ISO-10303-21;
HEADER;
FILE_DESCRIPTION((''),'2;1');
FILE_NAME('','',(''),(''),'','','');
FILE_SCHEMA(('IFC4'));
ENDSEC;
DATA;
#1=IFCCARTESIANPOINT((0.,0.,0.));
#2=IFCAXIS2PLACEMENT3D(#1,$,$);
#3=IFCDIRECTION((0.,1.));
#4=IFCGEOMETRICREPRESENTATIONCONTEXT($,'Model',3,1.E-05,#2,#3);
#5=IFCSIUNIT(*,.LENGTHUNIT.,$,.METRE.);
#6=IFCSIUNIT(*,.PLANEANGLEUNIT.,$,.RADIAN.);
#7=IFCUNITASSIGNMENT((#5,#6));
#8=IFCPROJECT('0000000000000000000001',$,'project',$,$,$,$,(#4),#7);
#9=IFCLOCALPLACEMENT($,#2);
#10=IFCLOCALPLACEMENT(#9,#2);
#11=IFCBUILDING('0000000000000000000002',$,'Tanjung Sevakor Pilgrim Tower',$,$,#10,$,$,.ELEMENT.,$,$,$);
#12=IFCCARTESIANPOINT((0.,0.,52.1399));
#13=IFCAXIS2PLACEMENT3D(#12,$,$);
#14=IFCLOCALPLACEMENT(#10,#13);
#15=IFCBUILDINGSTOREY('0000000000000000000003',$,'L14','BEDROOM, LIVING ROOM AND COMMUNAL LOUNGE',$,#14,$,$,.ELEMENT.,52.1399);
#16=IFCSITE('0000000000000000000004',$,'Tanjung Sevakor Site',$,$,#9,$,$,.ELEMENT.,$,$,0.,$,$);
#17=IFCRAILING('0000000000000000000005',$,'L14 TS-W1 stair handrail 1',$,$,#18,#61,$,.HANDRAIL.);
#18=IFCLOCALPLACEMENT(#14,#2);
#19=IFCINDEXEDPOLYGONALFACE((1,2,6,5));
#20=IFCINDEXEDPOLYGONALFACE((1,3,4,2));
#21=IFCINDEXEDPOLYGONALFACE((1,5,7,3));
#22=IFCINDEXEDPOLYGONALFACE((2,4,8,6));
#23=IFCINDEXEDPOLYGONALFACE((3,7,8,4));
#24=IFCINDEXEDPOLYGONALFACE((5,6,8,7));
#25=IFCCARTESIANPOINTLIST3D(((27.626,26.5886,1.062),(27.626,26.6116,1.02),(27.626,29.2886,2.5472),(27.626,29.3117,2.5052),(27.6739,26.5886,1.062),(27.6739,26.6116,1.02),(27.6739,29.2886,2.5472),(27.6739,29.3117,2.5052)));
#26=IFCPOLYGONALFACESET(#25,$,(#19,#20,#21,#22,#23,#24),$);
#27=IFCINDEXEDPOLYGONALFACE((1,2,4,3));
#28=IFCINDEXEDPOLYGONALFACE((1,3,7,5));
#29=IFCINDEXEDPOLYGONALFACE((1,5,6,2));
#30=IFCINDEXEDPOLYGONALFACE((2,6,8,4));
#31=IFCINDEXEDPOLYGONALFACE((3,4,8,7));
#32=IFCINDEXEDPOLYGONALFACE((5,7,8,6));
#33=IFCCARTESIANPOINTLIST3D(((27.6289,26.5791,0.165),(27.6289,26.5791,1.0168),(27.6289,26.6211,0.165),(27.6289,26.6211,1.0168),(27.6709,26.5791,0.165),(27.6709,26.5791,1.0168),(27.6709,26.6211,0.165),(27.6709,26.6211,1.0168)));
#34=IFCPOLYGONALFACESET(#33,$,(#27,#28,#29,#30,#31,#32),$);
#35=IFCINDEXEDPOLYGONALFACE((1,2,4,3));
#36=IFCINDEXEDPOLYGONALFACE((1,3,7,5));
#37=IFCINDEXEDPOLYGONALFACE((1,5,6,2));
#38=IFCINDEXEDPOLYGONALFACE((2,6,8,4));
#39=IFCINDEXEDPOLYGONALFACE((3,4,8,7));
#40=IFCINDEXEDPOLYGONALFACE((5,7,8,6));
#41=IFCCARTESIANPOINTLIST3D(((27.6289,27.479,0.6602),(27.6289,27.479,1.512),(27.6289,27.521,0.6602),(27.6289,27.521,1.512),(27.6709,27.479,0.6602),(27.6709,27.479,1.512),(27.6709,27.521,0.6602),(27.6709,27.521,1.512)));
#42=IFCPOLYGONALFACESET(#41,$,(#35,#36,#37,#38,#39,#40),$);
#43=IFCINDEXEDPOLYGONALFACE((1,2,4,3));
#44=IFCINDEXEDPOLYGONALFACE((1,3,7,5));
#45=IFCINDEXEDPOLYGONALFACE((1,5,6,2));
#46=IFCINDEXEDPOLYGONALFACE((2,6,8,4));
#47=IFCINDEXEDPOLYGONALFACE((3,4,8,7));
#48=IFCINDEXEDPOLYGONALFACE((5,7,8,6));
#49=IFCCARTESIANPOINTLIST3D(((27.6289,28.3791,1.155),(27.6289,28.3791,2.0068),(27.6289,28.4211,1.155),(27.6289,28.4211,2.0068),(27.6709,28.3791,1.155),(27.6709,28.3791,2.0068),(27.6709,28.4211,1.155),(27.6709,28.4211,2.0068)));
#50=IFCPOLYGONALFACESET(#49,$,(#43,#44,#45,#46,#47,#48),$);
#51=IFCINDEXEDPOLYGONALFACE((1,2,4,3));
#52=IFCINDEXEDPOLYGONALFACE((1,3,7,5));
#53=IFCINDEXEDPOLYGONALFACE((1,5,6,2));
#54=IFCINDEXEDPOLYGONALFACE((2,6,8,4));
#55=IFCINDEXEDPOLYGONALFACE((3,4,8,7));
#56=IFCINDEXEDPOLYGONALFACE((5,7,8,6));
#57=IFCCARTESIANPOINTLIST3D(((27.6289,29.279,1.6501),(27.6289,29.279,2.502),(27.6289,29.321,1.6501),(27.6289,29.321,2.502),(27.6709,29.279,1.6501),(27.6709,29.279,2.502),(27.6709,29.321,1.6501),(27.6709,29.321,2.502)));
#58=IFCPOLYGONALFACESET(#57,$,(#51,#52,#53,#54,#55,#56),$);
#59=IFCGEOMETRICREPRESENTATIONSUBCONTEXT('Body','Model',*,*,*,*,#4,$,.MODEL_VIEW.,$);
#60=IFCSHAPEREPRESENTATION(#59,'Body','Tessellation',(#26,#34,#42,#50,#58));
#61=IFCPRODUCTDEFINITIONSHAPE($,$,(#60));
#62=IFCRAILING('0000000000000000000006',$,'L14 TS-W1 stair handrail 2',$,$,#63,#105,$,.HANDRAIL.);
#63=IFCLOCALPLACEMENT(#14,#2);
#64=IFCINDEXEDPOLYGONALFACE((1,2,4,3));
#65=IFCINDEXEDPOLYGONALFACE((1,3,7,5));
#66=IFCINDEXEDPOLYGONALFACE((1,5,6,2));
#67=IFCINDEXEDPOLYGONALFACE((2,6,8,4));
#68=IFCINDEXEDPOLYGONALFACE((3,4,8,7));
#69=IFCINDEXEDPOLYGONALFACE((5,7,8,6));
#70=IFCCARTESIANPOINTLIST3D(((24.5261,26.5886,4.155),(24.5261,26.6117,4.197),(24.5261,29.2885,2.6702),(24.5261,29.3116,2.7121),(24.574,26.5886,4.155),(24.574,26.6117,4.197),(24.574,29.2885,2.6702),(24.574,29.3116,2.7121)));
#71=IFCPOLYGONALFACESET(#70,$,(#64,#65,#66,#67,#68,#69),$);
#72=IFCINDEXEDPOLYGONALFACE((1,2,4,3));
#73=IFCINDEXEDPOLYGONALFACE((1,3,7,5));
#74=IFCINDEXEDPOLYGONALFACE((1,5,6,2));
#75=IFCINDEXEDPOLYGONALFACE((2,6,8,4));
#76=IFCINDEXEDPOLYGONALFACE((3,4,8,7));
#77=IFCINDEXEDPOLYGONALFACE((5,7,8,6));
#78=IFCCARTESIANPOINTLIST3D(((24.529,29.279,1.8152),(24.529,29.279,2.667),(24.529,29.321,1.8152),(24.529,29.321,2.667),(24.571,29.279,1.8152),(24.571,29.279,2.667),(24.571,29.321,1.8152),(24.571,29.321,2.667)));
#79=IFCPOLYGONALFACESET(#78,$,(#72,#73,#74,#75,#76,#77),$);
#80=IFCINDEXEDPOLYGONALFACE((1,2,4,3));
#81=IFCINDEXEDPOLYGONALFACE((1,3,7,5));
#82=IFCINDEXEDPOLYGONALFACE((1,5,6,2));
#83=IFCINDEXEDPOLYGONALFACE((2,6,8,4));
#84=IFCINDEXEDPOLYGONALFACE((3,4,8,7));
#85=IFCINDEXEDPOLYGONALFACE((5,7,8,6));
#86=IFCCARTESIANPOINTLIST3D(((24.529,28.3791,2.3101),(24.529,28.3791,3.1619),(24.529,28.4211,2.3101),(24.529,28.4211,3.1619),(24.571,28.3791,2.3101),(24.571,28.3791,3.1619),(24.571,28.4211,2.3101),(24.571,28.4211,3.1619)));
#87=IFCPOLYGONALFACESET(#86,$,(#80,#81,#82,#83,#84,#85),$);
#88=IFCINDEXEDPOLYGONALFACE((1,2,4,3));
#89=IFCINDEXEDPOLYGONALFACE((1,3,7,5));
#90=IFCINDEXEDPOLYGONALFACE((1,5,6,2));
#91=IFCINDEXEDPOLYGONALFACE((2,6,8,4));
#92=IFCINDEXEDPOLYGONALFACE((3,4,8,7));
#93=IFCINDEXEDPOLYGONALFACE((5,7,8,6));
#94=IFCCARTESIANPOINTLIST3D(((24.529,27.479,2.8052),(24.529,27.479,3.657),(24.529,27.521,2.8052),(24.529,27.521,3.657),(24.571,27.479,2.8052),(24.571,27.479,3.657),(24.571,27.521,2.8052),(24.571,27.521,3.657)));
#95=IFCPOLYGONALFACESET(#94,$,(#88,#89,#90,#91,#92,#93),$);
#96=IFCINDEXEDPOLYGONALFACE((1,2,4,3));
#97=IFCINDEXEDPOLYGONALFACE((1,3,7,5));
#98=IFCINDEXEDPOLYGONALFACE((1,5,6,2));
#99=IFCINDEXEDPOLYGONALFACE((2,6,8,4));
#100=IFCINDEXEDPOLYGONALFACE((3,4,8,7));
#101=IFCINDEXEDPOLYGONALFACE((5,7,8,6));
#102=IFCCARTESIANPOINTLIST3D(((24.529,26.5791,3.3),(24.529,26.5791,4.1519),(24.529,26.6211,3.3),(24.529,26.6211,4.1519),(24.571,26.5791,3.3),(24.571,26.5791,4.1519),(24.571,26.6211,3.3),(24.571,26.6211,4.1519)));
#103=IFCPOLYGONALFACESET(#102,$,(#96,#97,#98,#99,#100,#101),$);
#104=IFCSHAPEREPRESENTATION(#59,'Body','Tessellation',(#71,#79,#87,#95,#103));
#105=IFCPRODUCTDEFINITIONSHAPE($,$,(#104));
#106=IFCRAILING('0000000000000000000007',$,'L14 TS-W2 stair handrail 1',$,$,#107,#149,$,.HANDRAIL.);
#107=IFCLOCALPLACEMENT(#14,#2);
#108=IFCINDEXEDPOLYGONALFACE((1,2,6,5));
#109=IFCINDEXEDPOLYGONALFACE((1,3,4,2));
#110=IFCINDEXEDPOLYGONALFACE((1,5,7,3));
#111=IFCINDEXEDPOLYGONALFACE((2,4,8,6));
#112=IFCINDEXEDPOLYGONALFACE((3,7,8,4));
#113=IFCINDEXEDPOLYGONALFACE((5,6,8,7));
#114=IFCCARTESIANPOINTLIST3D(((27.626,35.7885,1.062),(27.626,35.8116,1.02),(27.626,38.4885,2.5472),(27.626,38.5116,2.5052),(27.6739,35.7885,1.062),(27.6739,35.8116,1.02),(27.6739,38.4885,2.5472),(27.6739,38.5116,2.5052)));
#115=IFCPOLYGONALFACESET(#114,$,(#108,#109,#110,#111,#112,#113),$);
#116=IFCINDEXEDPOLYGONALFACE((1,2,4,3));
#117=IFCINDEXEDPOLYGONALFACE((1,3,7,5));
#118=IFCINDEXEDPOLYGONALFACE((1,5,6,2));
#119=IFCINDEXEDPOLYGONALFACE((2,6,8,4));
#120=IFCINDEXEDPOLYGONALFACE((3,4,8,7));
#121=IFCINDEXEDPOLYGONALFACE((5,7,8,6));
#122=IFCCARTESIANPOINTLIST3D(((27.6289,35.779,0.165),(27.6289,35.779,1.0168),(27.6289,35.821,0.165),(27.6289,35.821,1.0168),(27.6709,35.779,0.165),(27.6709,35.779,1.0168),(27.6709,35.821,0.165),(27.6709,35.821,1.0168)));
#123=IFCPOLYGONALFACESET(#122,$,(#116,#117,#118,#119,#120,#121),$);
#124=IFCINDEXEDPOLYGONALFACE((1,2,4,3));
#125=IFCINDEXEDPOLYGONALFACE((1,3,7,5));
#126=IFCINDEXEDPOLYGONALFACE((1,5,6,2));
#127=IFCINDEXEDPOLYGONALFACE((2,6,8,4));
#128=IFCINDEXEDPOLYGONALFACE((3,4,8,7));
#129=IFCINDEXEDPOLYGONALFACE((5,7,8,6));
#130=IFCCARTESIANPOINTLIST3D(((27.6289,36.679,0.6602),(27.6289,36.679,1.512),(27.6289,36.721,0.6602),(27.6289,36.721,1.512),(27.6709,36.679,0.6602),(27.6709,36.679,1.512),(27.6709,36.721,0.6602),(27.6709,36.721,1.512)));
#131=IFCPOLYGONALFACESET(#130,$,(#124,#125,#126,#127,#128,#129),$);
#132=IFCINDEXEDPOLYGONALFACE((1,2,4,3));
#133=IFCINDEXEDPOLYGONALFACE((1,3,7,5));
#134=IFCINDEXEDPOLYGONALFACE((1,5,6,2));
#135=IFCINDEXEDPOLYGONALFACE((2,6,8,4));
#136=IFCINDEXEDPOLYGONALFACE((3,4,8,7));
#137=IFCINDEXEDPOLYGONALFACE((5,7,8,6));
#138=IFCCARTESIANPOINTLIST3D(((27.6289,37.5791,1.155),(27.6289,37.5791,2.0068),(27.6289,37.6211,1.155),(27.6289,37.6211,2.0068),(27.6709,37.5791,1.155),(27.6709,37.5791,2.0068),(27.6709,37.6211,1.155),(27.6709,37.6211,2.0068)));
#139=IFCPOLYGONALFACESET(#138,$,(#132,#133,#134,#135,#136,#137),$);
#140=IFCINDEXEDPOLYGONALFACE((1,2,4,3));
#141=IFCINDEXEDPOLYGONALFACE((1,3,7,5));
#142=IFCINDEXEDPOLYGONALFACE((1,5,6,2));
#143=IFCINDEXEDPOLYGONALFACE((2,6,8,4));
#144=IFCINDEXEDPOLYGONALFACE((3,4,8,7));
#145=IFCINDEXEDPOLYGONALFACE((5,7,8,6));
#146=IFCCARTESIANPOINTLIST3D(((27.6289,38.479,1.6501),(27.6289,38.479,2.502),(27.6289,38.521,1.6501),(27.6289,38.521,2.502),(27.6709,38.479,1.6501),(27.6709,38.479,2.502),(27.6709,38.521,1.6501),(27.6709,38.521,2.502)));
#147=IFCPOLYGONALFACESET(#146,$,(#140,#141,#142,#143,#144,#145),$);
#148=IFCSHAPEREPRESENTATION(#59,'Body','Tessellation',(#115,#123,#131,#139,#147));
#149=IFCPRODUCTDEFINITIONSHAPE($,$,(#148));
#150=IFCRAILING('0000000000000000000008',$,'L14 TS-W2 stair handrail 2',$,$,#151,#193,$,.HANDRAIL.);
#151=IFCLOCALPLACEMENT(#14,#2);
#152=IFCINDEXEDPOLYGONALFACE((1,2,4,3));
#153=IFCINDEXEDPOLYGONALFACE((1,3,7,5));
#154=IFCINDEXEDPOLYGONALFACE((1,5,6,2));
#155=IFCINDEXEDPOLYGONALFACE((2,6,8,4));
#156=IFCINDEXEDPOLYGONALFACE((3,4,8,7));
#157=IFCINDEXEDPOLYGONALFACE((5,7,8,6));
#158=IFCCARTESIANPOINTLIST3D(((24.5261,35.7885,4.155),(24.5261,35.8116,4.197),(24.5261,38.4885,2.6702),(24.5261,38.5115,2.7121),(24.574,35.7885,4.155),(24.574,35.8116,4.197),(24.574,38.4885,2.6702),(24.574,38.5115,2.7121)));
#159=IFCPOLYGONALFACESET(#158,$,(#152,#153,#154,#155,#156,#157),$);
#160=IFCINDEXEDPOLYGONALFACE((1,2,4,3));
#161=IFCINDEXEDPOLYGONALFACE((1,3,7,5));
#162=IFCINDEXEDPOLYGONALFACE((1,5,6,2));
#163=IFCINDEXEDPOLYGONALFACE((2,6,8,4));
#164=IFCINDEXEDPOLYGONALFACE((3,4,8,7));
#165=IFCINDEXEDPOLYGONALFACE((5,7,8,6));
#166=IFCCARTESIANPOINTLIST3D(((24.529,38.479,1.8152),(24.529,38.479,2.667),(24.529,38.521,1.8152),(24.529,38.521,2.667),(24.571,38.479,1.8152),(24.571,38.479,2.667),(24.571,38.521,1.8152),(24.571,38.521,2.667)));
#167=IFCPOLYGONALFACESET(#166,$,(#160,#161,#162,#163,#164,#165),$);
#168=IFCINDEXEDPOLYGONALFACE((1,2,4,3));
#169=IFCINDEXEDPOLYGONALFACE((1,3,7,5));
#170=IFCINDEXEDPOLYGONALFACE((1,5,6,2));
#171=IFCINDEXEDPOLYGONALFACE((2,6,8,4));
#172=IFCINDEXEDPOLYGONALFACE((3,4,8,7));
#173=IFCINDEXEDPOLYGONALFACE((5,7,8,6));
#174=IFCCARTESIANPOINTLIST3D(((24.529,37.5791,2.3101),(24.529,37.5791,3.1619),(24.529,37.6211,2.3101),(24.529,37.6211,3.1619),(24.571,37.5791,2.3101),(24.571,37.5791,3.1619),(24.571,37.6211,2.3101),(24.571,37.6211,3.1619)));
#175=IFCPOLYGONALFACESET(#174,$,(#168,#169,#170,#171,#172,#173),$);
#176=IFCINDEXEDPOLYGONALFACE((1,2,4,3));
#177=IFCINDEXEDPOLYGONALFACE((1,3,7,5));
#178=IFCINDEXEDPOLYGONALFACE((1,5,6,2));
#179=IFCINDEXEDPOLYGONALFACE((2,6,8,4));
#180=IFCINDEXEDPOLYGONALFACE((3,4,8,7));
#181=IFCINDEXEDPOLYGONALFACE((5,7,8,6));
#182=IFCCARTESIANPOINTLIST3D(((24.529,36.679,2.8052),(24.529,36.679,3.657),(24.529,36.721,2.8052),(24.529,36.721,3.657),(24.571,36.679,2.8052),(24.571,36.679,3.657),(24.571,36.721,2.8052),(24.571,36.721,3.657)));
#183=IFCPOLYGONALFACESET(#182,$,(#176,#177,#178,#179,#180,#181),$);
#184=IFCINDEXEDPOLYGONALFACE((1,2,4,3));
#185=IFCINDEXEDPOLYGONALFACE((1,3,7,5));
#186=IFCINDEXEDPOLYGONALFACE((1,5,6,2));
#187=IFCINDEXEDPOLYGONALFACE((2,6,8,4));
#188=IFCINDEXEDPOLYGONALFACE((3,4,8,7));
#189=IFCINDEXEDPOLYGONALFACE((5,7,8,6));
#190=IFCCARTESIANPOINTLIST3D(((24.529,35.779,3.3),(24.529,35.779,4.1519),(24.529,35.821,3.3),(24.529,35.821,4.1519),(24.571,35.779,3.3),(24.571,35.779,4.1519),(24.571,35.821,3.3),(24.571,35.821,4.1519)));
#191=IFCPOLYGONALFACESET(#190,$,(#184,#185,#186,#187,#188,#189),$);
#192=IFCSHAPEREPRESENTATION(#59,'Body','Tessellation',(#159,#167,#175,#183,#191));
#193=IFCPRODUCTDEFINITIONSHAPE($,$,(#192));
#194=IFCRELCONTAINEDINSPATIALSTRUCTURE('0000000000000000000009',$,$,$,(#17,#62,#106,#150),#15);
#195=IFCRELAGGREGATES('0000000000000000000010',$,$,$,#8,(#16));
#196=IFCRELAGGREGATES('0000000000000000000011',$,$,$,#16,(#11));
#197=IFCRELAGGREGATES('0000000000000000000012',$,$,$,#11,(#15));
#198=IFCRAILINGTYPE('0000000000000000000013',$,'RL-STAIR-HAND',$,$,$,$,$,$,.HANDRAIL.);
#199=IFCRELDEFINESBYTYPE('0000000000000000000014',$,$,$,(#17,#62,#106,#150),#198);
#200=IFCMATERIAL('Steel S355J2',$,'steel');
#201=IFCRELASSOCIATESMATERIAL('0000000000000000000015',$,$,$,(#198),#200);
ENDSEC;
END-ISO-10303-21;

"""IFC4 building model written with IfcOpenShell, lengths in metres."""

from ifc_helpers import new_model, si_unit, direction, frame, origin, place, context, subcontext, project, spatial, rectangle, extrude, material, type_object, element, save


model = new_model("IFC4")

# Units and contexts
model_context = context("Model", 3, precision=1e-05, world=origin(), true_north=direction((0.0, 1.0)))
body_context = subcontext(model_context, "Body", "Model", "MODEL_VIEW")
ifc_project = project(units=[si_unit("LENGTHUNIT", "METRE"), si_unit("PLANEANGLEUNIT", "RADIAN")], contexts=[model_context])

# Site, building, storey
site_placement = place(None, origin())
site = spatial("IfcSite", under=ifc_project, at=site_placement, Name="Tanjung Sevakor Site", CompositionType="ELEMENT", RefElevation=0.0)
building_placement = place(site_placement, origin())
building = spatial("IfcBuilding", under=site, at=building_placement, Name="Tanjung Sevakor Pilgrim Tower", CompositionType="ELEMENT")
storey_placement = place(building_placement, frame((0.0, 0.0, 52.1399)))
storey = spatial("IfcBuildingStorey", under=building, at=storey_placement, Name="L14", Description="BEDROOM, LIVING ROOM AND COMMUNAL LOUNGE", CompositionType="ELEMENT", Elevation=52.1399)

# Railings
ifc_material_1 = material(Name="Steel S355J2", Category="steel")
railing_type_1 = type_object("IfcRailingType", Name="RL-STAIR-HAND", PredefinedType="HANDRAIL", material=ifc_material_1)
railing_1_placement = place(storey_placement, frame((27.6499, 26.6001, 0.165)))
element("IfcRailing", 1, at=railing_1_placement, inside=storey, type_object=railing_type_1, Name="L14 TS-W1 stair handrail 1", PredefinedType="HANDRAIL", context=body_context, shape_type="SweptSolid", body=[
    extrude(rectangle(XDim=0.0479, YDim=0.0479), frame((0.0, 0.0, 0.876), z_axis=(0.0, 0.876198, 0.481952), x_axis=(-1.0, 0.0, 0.0)), (0.0, 0.0, 1.0), 3.0815),
    extrude(rectangle(XDim=0.042, YDim=0.042), origin(), (0.0, 0.0, 1.0), 0.8518),
    extrude(rectangle(XDim=0.042, YDim=0.042), frame((0.0, 0.8999, 0.4951)), (0.0, 0.0, 1.0), 0.8518),
    extrude(rectangle(XDim=0.042, YDim=0.042), frame((0.0, 1.8, 0.99)), (0.0, 0.0, 1.0), 0.8518),
    extrude(rectangle(XDim=0.042, YDim=0.042), frame((0.0, 2.7, 1.4851)), (0.0, 0.0, 1.0), 0.8518),
])
railing_2_placement = place(storey_placement, frame((24.55, 29.3, 1.8152)))
element("IfcRailing", 2, at=railing_2_placement, inside=storey, type_object=railing_type_1, Name="L14 TS-W1 stair handrail 2", PredefinedType="HANDRAIL", context=body_context, shape_type="SweptSolid", body=[
    extrude(rectangle(XDim=0.0479, YDim=0.0479), frame((0.0, 0.0, 0.876), z_axis=(0.0, -0.876231, 0.481891), x_axis=(1.0, 0.0, 0.0)), (0.0, 0.0, 1.0), 3.0813),
    extrude(rectangle(XDim=0.042, YDim=0.042), origin(), (0.0, 0.0, 1.0), 0.8518),
    extrude(rectangle(XDim=0.042, YDim=0.042), frame((0.0, -0.8999, 0.4949)), (0.0, 0.0, 1.0), 0.8518),
    extrude(rectangle(XDim=0.042, YDim=0.042), frame((0.0, -1.8, 0.99)), (0.0, 0.0, 1.0), 0.8518),
    extrude(rectangle(XDim=0.042, YDim=0.042), frame((0.0, -2.7, 1.4849)), (0.0, 0.0, 1.0), 0.8518),
])
railing_3_placement = place(storey_placement, frame((27.6499, 35.8, 0.165)))
element("IfcRailing", 3, at=railing_3_placement, inside=storey, type_object=railing_type_1, Name="L14 TS-W2 stair handrail 1", PredefinedType="HANDRAIL", context=body_context, shape_type="SweptSolid", body=[
    extrude(rectangle(XDim=0.0479, YDim=0.0479), frame((0.0, 0.0, 0.876), z_axis=(0.0, 0.876198, 0.481952), x_axis=(-1.0, 0.0, 0.0)), (0.0, 0.0, 1.0), 3.0815),
    extrude(rectangle(XDim=0.042, YDim=0.042), origin(), (0.0, 0.0, 1.0), 0.8518),
    extrude(rectangle(XDim=0.042, YDim=0.042), frame((0.0, 0.8999, 0.4951)), (0.0, 0.0, 1.0), 0.8518),
    extrude(rectangle(XDim=0.042, YDim=0.042), frame((0.0, 1.8, 0.99)), (0.0, 0.0, 1.0), 0.8518),
    extrude(rectangle(XDim=0.042, YDim=0.042), frame((0.0, 2.7, 1.4851)), (0.0, 0.0, 1.0), 0.8518),
])
railing_4_placement = place(storey_placement, frame((24.55, 38.5, 1.8152)))
element("IfcRailing", 4, at=railing_4_placement, inside=storey, type_object=railing_type_1, Name="L14 TS-W2 stair handrail 2", PredefinedType="HANDRAIL", context=body_context, shape_type="SweptSolid", body=[
    extrude(rectangle(XDim=0.0479, YDim=0.0479), frame((0.0, 0.0, 0.876), z_axis=(0.0, -0.876231, 0.481891), x_axis=(1.0, 0.0, 0.0)), (0.0, 0.0, 1.0), 3.0813),
    extrude(rectangle(XDim=0.042, YDim=0.042), origin(), (0.0, 0.0, 1.0), 0.8518),
    extrude(rectangle(XDim=0.042, YDim=0.042), frame((0.0, -0.8999, 0.4949)), (0.0, 0.0, 1.0), 0.8518),
    extrude(rectangle(XDim=0.042, YDim=0.042), frame((0.0, -1.8, 0.99)), (0.0, 0.0, 1.0), 0.8518),
    extrude(rectangle(XDim=0.042, YDim=0.042), frame((0.0, -2.7, 1.4849)), (0.0, 0.0, 1.0), 0.8518),
])

save(model, "model.ifc")
